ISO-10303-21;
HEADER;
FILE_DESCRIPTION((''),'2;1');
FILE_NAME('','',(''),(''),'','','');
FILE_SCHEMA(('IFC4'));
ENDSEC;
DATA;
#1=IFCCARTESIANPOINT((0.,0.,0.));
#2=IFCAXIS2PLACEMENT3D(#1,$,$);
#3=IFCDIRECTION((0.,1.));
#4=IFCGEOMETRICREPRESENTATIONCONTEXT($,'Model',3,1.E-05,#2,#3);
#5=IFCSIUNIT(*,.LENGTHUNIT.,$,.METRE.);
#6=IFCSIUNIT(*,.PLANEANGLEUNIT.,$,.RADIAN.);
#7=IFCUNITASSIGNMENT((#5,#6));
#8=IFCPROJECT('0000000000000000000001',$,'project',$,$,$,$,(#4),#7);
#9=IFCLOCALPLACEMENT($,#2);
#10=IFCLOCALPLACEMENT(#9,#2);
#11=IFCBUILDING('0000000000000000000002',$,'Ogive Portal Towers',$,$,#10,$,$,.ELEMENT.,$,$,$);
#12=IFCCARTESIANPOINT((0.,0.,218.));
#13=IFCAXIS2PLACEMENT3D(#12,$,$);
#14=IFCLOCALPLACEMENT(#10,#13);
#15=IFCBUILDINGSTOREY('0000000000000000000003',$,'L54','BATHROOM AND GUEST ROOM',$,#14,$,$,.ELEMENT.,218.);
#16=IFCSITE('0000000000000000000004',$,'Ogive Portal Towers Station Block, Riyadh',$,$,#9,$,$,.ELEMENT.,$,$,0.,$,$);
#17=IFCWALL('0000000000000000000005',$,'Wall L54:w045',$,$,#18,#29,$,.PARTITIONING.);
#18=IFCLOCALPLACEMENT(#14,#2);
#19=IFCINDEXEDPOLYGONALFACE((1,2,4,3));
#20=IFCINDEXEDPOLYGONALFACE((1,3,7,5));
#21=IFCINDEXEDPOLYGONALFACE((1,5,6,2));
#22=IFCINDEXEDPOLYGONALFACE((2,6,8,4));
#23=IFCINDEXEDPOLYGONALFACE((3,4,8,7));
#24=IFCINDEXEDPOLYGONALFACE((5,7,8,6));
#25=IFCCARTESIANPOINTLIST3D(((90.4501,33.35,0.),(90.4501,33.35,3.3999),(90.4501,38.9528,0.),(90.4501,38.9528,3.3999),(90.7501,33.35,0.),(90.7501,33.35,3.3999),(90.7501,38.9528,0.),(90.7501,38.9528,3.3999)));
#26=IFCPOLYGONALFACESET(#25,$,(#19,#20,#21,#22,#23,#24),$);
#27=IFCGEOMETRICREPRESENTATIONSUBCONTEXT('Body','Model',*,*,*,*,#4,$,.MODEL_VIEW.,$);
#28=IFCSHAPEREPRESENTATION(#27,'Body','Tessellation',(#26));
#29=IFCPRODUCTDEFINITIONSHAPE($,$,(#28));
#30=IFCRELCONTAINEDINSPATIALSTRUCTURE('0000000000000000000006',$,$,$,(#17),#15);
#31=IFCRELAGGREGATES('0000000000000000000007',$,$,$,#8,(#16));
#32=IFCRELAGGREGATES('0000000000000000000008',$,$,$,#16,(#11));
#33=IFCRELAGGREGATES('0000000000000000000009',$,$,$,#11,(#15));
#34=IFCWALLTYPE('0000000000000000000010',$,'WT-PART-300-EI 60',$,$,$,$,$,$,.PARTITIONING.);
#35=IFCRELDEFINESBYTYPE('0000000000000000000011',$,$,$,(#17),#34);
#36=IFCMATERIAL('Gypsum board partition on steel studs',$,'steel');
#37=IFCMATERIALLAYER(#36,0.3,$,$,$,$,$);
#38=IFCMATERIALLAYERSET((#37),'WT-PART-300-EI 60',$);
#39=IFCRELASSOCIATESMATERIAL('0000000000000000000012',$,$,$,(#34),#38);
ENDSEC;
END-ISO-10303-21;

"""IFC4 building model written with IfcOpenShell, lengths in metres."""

from ifc_helpers import new_model, si_unit, direction, frame, frame_2d, origin, place, context, subcontext, project, spatial, rectangle, extrude, material, layer, layer_set, type_object, element, save


model = new_model("IFC4")

# Units and contexts
model_context = context("Model", 3, precision=1e-05, world=origin(), true_north=direction((0.0, 1.0)))
body_context = subcontext(model_context, "Body", "Model", "MODEL_VIEW")
ifc_project = project(units=[si_unit("LENGTHUNIT", "METRE"), si_unit("PLANEANGLEUNIT", "RADIAN")], contexts=[model_context])

# Site, building, storey
site_placement = place(None, origin())
site = spatial("IfcSite", under=ifc_project, at=site_placement, Name="Ogive Portal Towers Station Block, Riyadh", CompositionType="ELEMENT", RefElevation=0.0)
building_placement = place(site_placement, origin())
building = spatial("IfcBuilding", under=site, at=building_placement, Name="Ogive Portal Towers", CompositionType="ELEMENT")
storey_placement = place(building_placement, frame((0.0, 0.0, 218.0)))
storey = spatial("IfcBuildingStorey", under=building, at=storey_placement, Name="L54", Description="BATHROOM AND GUEST ROOM", CompositionType="ELEMENT", Elevation=218.0)

# Wall
ifc_material_1 = material(Name="Gypsum board partition on steel studs", Category="steel")
ifc_layer_1 = layer(ifc_material_1, 0.3)
ifc_layer_set_1 = layer_set([ifc_layer_1], Name="WT-PART-300-EI 60")
wall_type_1 = type_object("IfcWallType", Name="WT-PART-300-EI 60", PredefinedType="PARTITIONING", material=ifc_layer_set_1)
wall_1_placement = place(storey_placement, frame((90.6001, 33.3501, 0.0), z_axis=(0.0, 0.0, 1.0), x_axis=(0.0, 1.0, 0.0)))
element("IfcWall", 1, at=wall_1_placement, inside=storey, type_object=wall_type_1, Name="Wall L54:w045", PredefinedType="PARTITIONING", context=body_context, shape_type="SweptSolid", body=[
    extrude(rectangle(XDim=5.6028, YDim=0.3, at=frame_2d((2.8013, 0.0))), origin(), (0.0, 0.0, 1.0), 3.3999),
])

save(model, "model.ifc")
